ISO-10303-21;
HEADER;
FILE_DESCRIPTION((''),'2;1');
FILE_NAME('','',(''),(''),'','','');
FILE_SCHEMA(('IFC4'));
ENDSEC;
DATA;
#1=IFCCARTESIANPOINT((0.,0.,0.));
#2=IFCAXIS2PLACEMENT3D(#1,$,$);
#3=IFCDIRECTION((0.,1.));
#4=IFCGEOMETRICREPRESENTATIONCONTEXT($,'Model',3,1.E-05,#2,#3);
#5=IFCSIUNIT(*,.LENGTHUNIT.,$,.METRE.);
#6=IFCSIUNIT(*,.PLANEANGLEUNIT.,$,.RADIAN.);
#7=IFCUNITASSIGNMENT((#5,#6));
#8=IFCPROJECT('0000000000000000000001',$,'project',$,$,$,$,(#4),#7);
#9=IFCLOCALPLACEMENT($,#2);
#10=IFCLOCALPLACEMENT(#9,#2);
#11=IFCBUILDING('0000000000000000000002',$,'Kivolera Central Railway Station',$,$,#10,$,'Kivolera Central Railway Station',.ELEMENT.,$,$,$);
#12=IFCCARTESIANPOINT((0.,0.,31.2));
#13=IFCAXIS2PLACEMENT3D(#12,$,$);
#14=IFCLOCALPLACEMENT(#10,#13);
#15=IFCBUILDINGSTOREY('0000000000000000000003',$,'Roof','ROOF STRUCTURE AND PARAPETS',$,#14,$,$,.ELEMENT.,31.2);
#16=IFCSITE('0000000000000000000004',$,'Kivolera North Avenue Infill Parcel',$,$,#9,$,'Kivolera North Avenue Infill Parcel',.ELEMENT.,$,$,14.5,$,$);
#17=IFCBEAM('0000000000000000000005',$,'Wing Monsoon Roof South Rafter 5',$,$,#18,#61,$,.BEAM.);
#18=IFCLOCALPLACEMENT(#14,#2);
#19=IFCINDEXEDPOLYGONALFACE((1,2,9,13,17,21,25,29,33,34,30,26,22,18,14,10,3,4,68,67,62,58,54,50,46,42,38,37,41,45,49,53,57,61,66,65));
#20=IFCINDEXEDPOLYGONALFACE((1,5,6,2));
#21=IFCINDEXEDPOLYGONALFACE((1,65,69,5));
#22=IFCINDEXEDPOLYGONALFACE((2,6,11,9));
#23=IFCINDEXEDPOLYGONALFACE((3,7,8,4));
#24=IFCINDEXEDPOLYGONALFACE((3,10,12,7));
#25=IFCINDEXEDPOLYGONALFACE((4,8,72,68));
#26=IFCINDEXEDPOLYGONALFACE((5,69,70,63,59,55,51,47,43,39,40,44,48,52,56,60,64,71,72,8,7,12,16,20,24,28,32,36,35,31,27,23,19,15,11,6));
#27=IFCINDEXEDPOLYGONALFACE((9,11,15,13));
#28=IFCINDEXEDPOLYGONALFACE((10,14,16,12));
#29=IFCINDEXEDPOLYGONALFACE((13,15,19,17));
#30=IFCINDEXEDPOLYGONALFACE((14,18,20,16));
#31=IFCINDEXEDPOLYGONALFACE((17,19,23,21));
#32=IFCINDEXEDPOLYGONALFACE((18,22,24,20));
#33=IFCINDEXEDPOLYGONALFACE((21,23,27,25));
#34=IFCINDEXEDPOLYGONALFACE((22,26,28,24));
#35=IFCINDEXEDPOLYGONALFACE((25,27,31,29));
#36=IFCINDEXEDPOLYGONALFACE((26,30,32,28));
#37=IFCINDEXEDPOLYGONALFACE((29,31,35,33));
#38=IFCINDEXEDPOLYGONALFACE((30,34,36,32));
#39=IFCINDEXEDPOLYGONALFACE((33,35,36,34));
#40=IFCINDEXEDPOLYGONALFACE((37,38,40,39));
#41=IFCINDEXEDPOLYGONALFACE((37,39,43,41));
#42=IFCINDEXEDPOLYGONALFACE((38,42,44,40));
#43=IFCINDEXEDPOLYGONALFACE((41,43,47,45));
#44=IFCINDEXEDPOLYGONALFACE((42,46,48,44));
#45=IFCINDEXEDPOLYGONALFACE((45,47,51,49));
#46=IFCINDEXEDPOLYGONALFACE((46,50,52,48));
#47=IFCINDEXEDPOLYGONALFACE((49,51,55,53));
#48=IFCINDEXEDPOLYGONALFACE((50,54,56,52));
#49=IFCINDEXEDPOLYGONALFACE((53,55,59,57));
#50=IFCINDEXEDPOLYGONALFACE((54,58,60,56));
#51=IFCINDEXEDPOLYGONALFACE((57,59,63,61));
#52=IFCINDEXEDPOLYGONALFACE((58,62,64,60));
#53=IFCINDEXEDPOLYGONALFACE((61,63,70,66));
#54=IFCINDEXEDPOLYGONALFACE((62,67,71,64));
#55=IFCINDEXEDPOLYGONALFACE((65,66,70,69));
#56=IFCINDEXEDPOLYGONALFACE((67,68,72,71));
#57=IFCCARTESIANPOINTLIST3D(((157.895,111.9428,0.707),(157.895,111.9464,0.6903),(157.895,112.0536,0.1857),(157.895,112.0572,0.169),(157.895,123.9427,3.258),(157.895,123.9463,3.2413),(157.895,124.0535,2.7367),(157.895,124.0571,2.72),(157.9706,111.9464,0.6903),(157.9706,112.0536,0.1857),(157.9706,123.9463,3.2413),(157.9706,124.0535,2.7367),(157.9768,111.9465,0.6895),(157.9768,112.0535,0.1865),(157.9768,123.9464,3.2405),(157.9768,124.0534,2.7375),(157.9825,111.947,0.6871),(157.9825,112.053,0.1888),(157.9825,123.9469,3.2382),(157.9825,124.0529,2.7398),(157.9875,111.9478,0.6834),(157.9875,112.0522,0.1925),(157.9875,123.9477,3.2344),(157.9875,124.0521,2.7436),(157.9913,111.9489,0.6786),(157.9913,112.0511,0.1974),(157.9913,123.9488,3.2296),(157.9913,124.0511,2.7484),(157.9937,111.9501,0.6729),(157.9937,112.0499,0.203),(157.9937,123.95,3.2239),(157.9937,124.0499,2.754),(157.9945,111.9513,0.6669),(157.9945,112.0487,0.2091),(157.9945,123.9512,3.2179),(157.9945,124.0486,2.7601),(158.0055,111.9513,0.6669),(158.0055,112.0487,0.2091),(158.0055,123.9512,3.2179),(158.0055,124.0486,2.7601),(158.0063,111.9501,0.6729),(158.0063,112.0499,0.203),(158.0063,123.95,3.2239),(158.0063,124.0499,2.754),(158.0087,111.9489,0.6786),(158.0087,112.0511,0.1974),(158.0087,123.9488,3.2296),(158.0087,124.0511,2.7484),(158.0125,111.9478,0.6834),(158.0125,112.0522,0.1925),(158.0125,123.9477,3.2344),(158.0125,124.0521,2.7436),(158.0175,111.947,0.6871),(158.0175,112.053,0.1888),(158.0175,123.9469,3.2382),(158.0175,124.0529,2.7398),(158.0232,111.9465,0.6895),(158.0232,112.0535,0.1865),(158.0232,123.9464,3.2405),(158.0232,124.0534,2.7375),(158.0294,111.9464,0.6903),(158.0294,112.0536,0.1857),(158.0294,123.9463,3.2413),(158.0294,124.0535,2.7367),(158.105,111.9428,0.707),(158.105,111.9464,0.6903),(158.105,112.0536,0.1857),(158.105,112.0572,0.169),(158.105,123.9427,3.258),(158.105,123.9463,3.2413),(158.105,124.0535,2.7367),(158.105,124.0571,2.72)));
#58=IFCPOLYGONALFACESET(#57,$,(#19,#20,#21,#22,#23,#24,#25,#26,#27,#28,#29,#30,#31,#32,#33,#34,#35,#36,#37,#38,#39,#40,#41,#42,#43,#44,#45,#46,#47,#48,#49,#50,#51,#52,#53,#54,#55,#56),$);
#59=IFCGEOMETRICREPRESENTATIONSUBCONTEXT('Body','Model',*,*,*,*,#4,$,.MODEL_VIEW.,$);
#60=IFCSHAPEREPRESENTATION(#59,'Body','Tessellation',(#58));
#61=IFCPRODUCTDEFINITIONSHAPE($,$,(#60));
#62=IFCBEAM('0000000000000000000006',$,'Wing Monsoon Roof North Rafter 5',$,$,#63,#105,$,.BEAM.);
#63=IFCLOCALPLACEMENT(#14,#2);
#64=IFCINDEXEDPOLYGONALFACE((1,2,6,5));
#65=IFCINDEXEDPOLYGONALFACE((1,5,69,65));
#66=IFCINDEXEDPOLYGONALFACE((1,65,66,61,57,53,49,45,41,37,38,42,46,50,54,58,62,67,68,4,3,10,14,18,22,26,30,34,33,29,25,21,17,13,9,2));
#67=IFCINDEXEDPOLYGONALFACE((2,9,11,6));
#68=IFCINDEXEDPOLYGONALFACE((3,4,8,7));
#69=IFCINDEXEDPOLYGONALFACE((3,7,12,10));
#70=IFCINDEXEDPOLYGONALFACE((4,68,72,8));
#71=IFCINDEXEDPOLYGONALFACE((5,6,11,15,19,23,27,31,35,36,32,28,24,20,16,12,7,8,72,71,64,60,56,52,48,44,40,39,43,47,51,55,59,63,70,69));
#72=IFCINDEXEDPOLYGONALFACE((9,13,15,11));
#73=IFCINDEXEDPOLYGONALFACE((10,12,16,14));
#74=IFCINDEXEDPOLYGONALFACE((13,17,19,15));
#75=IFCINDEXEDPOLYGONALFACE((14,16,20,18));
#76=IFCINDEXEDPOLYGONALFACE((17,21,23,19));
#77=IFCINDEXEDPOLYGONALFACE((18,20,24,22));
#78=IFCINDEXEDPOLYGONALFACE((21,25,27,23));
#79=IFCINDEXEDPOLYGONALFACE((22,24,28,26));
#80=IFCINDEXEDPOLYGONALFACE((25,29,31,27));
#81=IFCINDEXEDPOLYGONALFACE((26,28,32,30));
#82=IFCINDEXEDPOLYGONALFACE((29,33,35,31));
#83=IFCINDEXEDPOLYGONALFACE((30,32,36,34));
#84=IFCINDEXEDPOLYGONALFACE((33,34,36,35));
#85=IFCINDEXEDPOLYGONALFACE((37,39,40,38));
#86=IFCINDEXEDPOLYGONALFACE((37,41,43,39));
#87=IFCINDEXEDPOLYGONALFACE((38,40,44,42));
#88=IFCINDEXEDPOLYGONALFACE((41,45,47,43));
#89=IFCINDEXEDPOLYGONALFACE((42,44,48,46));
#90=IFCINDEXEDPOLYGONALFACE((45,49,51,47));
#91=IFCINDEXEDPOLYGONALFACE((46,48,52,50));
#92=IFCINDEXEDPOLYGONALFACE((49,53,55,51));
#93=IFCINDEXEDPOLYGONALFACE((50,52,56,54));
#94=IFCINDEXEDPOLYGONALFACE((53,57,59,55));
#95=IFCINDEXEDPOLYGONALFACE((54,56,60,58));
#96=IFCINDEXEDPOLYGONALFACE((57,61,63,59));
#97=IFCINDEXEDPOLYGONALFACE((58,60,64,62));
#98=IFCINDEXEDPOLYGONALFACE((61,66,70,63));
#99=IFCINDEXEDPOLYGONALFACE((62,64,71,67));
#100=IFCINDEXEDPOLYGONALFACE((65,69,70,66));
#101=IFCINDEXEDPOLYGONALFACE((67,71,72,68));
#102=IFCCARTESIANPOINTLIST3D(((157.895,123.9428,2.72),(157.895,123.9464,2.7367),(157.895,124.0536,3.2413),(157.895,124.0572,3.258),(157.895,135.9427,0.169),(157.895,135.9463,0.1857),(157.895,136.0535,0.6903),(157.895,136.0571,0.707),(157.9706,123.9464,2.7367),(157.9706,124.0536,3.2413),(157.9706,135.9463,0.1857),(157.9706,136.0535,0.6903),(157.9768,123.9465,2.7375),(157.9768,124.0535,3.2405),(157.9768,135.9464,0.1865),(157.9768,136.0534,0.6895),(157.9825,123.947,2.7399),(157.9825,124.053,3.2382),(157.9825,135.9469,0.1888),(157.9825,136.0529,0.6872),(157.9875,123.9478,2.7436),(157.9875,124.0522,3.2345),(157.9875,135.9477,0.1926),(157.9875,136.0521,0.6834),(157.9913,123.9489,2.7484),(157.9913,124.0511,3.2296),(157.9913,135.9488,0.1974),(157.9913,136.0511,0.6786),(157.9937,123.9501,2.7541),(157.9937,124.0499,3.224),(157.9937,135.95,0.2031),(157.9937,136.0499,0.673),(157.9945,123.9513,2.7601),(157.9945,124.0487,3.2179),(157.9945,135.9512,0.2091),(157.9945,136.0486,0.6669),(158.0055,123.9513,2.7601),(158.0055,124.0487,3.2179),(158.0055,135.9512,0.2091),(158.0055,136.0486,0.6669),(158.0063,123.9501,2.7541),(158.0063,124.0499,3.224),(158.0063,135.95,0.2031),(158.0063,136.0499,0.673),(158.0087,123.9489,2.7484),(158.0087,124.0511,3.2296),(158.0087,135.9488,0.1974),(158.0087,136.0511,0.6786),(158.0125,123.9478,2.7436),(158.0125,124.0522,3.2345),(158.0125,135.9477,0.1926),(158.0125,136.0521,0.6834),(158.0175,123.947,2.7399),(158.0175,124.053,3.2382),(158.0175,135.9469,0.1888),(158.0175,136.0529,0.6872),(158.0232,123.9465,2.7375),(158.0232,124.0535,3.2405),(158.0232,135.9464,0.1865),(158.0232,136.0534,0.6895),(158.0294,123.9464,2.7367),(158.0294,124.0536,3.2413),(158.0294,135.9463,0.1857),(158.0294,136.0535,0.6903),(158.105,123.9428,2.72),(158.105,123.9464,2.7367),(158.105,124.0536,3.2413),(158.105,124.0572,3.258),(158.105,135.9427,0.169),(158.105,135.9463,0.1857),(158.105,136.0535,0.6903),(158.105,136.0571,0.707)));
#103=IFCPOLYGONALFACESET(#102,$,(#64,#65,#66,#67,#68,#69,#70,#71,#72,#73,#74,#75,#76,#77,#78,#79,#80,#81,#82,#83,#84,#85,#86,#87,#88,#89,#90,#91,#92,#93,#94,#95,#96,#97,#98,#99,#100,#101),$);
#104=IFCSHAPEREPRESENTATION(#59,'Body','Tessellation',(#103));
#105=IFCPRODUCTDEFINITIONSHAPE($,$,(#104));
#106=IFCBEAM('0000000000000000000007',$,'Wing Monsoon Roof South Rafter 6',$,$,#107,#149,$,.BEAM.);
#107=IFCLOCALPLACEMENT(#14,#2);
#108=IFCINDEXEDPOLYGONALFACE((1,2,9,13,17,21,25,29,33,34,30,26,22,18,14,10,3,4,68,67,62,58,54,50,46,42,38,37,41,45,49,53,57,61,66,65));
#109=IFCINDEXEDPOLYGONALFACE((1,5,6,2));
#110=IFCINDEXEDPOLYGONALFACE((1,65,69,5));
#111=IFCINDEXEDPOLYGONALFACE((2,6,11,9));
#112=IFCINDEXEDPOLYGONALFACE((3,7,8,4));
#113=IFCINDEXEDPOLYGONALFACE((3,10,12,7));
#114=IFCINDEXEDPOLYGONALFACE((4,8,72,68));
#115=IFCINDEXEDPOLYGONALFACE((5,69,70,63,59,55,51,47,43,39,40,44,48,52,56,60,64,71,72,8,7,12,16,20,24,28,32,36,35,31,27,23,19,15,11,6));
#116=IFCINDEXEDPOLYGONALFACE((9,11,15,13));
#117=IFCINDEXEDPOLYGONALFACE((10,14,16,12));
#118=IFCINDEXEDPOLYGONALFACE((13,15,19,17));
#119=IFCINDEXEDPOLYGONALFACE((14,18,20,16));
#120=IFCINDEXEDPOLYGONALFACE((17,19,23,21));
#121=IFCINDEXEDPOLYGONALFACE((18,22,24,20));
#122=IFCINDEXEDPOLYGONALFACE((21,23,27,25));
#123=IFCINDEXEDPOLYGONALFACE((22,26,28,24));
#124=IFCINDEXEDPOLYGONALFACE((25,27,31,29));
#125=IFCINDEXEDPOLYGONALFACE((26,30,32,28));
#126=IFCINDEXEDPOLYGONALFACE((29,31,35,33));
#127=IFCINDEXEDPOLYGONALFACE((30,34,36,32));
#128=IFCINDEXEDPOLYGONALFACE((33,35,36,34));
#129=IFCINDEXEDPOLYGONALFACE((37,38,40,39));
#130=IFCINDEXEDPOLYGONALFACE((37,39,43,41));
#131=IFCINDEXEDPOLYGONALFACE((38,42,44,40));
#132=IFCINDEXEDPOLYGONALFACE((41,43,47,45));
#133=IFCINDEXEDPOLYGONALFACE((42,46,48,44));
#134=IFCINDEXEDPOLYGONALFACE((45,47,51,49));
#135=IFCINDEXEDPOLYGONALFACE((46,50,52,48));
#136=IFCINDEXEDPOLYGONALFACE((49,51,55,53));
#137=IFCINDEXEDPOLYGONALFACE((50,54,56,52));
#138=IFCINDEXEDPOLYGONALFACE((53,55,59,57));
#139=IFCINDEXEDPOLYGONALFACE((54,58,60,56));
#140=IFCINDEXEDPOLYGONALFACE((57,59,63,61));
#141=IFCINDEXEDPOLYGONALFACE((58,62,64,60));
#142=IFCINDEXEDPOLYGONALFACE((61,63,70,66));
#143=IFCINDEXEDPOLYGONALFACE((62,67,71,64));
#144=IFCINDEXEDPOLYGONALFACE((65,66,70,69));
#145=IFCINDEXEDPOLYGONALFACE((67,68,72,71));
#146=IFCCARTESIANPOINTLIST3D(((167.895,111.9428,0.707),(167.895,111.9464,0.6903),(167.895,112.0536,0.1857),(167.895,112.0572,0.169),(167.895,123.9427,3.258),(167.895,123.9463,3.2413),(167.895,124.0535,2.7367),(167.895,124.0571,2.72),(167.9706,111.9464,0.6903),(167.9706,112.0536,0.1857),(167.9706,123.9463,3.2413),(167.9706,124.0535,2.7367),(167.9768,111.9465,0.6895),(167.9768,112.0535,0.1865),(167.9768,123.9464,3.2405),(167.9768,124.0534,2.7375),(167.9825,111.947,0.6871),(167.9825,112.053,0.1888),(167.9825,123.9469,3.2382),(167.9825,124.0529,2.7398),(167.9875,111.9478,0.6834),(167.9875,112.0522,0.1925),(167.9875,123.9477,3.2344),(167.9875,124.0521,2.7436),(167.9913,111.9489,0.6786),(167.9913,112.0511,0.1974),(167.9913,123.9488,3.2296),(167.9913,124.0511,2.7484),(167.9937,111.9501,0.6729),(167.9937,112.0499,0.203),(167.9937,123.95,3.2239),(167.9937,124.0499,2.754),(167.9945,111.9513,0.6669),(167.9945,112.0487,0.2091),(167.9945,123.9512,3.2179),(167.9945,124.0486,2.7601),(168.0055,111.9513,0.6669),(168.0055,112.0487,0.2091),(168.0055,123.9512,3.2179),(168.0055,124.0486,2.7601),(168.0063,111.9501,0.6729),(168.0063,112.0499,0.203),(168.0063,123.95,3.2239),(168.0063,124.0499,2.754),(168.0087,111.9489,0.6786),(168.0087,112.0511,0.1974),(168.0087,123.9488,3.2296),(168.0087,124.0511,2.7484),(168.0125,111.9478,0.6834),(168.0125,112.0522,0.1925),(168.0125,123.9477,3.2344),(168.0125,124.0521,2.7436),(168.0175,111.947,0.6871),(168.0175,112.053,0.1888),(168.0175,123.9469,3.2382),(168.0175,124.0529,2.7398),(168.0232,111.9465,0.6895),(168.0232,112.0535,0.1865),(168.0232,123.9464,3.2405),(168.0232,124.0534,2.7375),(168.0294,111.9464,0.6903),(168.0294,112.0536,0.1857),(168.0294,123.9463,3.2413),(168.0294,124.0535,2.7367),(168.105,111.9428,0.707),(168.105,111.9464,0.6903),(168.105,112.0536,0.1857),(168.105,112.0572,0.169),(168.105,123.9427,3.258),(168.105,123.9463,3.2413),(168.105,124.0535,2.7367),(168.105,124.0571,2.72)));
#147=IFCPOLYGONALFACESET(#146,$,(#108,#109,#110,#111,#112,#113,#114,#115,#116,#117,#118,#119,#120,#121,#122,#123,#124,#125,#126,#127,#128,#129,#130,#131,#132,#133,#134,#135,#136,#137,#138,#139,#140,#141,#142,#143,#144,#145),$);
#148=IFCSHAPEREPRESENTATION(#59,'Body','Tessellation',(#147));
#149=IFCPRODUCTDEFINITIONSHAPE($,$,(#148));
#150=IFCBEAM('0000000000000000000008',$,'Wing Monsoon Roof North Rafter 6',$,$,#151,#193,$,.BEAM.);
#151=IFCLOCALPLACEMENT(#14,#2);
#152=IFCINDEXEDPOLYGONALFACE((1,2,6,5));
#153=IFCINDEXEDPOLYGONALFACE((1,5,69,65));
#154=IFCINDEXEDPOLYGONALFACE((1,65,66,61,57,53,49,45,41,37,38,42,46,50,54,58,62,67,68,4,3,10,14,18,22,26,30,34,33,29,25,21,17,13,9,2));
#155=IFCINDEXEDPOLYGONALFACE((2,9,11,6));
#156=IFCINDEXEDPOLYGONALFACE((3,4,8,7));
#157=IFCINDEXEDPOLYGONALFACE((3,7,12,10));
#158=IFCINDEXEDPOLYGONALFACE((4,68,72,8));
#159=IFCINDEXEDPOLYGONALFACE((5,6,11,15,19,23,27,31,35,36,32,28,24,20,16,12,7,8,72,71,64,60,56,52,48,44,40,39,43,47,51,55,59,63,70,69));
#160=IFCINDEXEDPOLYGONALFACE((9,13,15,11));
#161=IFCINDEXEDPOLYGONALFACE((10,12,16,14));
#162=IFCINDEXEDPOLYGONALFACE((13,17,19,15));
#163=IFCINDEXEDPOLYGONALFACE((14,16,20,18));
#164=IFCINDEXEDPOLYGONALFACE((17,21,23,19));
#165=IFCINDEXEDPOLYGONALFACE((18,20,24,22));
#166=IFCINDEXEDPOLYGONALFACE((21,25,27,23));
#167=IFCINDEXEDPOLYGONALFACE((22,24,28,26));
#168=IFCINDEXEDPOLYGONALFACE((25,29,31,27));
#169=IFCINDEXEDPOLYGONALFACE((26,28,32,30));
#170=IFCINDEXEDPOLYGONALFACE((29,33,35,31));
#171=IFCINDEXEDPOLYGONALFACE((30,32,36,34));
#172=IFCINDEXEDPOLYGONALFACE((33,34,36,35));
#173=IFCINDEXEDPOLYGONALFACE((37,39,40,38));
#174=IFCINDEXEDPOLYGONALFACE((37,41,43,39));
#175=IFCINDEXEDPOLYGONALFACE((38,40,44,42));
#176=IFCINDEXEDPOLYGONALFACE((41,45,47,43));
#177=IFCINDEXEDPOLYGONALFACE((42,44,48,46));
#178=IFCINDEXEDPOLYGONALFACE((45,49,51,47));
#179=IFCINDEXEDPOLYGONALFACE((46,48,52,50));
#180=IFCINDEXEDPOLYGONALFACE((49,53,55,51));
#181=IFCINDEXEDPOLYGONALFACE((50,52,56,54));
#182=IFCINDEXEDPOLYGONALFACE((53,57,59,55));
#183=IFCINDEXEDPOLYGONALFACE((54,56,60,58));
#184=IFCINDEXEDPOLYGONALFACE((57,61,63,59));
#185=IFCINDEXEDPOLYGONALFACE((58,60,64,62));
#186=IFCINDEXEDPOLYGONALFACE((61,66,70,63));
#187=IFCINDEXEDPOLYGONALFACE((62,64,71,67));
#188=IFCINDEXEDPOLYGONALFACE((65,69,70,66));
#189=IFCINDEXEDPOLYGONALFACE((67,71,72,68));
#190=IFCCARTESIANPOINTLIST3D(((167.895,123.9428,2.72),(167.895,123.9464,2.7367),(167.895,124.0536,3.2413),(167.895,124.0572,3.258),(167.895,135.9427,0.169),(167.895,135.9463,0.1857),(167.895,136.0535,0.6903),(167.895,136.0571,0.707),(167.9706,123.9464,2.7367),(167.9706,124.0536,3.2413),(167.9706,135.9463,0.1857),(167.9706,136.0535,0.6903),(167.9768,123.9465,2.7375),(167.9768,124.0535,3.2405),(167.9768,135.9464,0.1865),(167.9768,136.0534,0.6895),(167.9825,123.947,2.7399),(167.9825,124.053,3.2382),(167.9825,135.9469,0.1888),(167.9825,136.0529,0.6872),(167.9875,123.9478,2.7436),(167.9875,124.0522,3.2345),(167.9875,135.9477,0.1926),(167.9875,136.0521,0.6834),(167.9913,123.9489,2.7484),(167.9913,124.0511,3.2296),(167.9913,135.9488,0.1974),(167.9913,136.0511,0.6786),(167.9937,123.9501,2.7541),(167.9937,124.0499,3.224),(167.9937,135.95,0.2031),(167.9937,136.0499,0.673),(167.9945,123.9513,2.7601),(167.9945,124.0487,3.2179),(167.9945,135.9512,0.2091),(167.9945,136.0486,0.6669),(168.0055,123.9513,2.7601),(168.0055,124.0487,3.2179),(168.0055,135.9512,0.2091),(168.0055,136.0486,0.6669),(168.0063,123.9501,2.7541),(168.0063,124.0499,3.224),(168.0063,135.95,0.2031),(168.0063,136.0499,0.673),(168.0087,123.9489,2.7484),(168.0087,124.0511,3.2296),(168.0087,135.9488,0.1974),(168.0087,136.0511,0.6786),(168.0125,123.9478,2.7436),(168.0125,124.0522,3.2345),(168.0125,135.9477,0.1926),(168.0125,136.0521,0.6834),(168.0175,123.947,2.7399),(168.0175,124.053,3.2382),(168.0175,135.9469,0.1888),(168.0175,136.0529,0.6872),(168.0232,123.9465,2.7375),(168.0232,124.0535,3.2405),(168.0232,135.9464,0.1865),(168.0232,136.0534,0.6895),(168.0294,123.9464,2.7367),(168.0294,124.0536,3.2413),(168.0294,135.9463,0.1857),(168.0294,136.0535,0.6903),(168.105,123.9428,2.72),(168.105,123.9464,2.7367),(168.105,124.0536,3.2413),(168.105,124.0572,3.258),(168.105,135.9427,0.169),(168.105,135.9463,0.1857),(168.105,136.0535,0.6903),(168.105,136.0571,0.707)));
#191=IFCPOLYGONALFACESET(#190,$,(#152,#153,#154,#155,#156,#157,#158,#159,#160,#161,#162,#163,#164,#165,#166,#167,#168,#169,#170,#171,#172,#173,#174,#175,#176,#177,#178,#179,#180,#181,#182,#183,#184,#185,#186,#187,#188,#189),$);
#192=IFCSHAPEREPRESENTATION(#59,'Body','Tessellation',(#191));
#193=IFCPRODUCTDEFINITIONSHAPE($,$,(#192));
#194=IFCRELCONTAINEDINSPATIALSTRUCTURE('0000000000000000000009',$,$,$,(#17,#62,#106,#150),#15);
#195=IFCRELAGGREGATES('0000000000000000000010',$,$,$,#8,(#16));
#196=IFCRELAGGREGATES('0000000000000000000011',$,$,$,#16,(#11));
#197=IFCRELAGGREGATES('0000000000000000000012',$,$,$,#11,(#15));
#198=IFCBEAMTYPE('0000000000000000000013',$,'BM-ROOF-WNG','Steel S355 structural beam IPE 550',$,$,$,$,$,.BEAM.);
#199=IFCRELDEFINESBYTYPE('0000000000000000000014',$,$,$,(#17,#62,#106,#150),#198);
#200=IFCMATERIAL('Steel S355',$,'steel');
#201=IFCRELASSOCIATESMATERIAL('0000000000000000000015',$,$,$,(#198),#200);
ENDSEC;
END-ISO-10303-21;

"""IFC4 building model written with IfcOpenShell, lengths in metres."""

from ifc_helpers import new_model, si_unit, direction, frame, origin, origin_2d, place, context, subcontext, project, spatial, i_section, extrude, material, material_profile, profile_set, type_object, element, save


model = new_model("IFC4")

# Units and contexts
model_context = context("Model", 3, precision=1e-05, world=origin(), true_north=direction((0.0, 1.0)))
body_context = subcontext(model_context, "Body", "Model", "MODEL_VIEW")
ifc_project = project(units=[si_unit("LENGTHUNIT", "METRE"), si_unit("PLANEANGLEUNIT", "RADIAN")], contexts=[model_context])

# Site, building, storey
site_placement = place(None, origin())
site = spatial("IfcSite", under=ifc_project, at=site_placement, Name="Kivolera North Avenue Infill Parcel", LongName="Kivolera North Avenue Infill Parcel", CompositionType="ELEMENT", RefElevation=14.5)
building_placement = place(site_placement, origin())
building = spatial("IfcBuilding", under=site, at=building_placement, Name="Kivolera Central Railway Station", LongName="Kivolera Central Railway Station", CompositionType="ELEMENT")
storey_placement = place(building_placement, frame((0.0, 0.0, 31.2)))
storey = spatial("IfcBuildingStorey", under=building, at=storey_placement, Name="Roof", Description="ROOF STRUCTURE AND PARAPETS", CompositionType="ELEMENT", Elevation=31.2)

# Beams
ifc_material_1 = material(Name="Steel S355", Category="steel")
ifc_material_profile_1 = material_profile(ifc_material_1, i_section(OverallWidth=0.21, OverallDepth=0.55, WebThickness=0.011, FlangeThickness=0.0171, FilletRadius=0.0239, at=origin_2d()), Name="IPE 550")
ifc_profile_set_1 = profile_set([ifc_material_profile_1], Name="Steel S355")
beam_type_1 = type_object("IfcBeamType", Name="BM-ROOF-WNG", Description="Steel S355 structural beam IPE 550", PredefinedType="BEAM", material=ifc_profile_set_1)
for number, where, z_axis, x_axis, name in (
    (1, (158.0, 112.0, 0.438), (0.0, 0.978142, 0.207939), (-1.0, 0.0, 0.0), "Wing Monsoon Roof South Rafter 5"),
    (2, (158.0, 124.0, 2.989), (0.0, 0.978142, -0.207939), (-1.0, 0.0, 0.0), "Wing Monsoon Roof North Rafter 5"),
    (3, (168.0, 112.0, 0.438), (0.0, 0.978142, 0.207939), (-1.0, 0.0, 0.0), "Wing Monsoon Roof South Rafter 6"),
    (4, (168.0, 124.0, 2.989), (0.0, 0.978142, -0.207939), (-1.0, 0.0, 0.0), "Wing Monsoon Roof North Rafter 6"),
):
    element("IfcBeam", number, at=place(storey_placement, frame(where, z_axis=z_axis, x_axis=x_axis)), inside=storey, type_object=beam_type_1, Name=name, PredefinedType="BEAM", context=body_context, shape_type="SweptSolid", body=[
        extrude(i_section(OverallWidth=0.21, OverallDepth=0.55, WebThickness=0.011, FlangeThickness=0.0171, FilletRadius=0.0239, at=origin_2d()), origin(), (0.0, 0.0, 1.0), 12.2681),
    ])

save(model, "model.ifc")
